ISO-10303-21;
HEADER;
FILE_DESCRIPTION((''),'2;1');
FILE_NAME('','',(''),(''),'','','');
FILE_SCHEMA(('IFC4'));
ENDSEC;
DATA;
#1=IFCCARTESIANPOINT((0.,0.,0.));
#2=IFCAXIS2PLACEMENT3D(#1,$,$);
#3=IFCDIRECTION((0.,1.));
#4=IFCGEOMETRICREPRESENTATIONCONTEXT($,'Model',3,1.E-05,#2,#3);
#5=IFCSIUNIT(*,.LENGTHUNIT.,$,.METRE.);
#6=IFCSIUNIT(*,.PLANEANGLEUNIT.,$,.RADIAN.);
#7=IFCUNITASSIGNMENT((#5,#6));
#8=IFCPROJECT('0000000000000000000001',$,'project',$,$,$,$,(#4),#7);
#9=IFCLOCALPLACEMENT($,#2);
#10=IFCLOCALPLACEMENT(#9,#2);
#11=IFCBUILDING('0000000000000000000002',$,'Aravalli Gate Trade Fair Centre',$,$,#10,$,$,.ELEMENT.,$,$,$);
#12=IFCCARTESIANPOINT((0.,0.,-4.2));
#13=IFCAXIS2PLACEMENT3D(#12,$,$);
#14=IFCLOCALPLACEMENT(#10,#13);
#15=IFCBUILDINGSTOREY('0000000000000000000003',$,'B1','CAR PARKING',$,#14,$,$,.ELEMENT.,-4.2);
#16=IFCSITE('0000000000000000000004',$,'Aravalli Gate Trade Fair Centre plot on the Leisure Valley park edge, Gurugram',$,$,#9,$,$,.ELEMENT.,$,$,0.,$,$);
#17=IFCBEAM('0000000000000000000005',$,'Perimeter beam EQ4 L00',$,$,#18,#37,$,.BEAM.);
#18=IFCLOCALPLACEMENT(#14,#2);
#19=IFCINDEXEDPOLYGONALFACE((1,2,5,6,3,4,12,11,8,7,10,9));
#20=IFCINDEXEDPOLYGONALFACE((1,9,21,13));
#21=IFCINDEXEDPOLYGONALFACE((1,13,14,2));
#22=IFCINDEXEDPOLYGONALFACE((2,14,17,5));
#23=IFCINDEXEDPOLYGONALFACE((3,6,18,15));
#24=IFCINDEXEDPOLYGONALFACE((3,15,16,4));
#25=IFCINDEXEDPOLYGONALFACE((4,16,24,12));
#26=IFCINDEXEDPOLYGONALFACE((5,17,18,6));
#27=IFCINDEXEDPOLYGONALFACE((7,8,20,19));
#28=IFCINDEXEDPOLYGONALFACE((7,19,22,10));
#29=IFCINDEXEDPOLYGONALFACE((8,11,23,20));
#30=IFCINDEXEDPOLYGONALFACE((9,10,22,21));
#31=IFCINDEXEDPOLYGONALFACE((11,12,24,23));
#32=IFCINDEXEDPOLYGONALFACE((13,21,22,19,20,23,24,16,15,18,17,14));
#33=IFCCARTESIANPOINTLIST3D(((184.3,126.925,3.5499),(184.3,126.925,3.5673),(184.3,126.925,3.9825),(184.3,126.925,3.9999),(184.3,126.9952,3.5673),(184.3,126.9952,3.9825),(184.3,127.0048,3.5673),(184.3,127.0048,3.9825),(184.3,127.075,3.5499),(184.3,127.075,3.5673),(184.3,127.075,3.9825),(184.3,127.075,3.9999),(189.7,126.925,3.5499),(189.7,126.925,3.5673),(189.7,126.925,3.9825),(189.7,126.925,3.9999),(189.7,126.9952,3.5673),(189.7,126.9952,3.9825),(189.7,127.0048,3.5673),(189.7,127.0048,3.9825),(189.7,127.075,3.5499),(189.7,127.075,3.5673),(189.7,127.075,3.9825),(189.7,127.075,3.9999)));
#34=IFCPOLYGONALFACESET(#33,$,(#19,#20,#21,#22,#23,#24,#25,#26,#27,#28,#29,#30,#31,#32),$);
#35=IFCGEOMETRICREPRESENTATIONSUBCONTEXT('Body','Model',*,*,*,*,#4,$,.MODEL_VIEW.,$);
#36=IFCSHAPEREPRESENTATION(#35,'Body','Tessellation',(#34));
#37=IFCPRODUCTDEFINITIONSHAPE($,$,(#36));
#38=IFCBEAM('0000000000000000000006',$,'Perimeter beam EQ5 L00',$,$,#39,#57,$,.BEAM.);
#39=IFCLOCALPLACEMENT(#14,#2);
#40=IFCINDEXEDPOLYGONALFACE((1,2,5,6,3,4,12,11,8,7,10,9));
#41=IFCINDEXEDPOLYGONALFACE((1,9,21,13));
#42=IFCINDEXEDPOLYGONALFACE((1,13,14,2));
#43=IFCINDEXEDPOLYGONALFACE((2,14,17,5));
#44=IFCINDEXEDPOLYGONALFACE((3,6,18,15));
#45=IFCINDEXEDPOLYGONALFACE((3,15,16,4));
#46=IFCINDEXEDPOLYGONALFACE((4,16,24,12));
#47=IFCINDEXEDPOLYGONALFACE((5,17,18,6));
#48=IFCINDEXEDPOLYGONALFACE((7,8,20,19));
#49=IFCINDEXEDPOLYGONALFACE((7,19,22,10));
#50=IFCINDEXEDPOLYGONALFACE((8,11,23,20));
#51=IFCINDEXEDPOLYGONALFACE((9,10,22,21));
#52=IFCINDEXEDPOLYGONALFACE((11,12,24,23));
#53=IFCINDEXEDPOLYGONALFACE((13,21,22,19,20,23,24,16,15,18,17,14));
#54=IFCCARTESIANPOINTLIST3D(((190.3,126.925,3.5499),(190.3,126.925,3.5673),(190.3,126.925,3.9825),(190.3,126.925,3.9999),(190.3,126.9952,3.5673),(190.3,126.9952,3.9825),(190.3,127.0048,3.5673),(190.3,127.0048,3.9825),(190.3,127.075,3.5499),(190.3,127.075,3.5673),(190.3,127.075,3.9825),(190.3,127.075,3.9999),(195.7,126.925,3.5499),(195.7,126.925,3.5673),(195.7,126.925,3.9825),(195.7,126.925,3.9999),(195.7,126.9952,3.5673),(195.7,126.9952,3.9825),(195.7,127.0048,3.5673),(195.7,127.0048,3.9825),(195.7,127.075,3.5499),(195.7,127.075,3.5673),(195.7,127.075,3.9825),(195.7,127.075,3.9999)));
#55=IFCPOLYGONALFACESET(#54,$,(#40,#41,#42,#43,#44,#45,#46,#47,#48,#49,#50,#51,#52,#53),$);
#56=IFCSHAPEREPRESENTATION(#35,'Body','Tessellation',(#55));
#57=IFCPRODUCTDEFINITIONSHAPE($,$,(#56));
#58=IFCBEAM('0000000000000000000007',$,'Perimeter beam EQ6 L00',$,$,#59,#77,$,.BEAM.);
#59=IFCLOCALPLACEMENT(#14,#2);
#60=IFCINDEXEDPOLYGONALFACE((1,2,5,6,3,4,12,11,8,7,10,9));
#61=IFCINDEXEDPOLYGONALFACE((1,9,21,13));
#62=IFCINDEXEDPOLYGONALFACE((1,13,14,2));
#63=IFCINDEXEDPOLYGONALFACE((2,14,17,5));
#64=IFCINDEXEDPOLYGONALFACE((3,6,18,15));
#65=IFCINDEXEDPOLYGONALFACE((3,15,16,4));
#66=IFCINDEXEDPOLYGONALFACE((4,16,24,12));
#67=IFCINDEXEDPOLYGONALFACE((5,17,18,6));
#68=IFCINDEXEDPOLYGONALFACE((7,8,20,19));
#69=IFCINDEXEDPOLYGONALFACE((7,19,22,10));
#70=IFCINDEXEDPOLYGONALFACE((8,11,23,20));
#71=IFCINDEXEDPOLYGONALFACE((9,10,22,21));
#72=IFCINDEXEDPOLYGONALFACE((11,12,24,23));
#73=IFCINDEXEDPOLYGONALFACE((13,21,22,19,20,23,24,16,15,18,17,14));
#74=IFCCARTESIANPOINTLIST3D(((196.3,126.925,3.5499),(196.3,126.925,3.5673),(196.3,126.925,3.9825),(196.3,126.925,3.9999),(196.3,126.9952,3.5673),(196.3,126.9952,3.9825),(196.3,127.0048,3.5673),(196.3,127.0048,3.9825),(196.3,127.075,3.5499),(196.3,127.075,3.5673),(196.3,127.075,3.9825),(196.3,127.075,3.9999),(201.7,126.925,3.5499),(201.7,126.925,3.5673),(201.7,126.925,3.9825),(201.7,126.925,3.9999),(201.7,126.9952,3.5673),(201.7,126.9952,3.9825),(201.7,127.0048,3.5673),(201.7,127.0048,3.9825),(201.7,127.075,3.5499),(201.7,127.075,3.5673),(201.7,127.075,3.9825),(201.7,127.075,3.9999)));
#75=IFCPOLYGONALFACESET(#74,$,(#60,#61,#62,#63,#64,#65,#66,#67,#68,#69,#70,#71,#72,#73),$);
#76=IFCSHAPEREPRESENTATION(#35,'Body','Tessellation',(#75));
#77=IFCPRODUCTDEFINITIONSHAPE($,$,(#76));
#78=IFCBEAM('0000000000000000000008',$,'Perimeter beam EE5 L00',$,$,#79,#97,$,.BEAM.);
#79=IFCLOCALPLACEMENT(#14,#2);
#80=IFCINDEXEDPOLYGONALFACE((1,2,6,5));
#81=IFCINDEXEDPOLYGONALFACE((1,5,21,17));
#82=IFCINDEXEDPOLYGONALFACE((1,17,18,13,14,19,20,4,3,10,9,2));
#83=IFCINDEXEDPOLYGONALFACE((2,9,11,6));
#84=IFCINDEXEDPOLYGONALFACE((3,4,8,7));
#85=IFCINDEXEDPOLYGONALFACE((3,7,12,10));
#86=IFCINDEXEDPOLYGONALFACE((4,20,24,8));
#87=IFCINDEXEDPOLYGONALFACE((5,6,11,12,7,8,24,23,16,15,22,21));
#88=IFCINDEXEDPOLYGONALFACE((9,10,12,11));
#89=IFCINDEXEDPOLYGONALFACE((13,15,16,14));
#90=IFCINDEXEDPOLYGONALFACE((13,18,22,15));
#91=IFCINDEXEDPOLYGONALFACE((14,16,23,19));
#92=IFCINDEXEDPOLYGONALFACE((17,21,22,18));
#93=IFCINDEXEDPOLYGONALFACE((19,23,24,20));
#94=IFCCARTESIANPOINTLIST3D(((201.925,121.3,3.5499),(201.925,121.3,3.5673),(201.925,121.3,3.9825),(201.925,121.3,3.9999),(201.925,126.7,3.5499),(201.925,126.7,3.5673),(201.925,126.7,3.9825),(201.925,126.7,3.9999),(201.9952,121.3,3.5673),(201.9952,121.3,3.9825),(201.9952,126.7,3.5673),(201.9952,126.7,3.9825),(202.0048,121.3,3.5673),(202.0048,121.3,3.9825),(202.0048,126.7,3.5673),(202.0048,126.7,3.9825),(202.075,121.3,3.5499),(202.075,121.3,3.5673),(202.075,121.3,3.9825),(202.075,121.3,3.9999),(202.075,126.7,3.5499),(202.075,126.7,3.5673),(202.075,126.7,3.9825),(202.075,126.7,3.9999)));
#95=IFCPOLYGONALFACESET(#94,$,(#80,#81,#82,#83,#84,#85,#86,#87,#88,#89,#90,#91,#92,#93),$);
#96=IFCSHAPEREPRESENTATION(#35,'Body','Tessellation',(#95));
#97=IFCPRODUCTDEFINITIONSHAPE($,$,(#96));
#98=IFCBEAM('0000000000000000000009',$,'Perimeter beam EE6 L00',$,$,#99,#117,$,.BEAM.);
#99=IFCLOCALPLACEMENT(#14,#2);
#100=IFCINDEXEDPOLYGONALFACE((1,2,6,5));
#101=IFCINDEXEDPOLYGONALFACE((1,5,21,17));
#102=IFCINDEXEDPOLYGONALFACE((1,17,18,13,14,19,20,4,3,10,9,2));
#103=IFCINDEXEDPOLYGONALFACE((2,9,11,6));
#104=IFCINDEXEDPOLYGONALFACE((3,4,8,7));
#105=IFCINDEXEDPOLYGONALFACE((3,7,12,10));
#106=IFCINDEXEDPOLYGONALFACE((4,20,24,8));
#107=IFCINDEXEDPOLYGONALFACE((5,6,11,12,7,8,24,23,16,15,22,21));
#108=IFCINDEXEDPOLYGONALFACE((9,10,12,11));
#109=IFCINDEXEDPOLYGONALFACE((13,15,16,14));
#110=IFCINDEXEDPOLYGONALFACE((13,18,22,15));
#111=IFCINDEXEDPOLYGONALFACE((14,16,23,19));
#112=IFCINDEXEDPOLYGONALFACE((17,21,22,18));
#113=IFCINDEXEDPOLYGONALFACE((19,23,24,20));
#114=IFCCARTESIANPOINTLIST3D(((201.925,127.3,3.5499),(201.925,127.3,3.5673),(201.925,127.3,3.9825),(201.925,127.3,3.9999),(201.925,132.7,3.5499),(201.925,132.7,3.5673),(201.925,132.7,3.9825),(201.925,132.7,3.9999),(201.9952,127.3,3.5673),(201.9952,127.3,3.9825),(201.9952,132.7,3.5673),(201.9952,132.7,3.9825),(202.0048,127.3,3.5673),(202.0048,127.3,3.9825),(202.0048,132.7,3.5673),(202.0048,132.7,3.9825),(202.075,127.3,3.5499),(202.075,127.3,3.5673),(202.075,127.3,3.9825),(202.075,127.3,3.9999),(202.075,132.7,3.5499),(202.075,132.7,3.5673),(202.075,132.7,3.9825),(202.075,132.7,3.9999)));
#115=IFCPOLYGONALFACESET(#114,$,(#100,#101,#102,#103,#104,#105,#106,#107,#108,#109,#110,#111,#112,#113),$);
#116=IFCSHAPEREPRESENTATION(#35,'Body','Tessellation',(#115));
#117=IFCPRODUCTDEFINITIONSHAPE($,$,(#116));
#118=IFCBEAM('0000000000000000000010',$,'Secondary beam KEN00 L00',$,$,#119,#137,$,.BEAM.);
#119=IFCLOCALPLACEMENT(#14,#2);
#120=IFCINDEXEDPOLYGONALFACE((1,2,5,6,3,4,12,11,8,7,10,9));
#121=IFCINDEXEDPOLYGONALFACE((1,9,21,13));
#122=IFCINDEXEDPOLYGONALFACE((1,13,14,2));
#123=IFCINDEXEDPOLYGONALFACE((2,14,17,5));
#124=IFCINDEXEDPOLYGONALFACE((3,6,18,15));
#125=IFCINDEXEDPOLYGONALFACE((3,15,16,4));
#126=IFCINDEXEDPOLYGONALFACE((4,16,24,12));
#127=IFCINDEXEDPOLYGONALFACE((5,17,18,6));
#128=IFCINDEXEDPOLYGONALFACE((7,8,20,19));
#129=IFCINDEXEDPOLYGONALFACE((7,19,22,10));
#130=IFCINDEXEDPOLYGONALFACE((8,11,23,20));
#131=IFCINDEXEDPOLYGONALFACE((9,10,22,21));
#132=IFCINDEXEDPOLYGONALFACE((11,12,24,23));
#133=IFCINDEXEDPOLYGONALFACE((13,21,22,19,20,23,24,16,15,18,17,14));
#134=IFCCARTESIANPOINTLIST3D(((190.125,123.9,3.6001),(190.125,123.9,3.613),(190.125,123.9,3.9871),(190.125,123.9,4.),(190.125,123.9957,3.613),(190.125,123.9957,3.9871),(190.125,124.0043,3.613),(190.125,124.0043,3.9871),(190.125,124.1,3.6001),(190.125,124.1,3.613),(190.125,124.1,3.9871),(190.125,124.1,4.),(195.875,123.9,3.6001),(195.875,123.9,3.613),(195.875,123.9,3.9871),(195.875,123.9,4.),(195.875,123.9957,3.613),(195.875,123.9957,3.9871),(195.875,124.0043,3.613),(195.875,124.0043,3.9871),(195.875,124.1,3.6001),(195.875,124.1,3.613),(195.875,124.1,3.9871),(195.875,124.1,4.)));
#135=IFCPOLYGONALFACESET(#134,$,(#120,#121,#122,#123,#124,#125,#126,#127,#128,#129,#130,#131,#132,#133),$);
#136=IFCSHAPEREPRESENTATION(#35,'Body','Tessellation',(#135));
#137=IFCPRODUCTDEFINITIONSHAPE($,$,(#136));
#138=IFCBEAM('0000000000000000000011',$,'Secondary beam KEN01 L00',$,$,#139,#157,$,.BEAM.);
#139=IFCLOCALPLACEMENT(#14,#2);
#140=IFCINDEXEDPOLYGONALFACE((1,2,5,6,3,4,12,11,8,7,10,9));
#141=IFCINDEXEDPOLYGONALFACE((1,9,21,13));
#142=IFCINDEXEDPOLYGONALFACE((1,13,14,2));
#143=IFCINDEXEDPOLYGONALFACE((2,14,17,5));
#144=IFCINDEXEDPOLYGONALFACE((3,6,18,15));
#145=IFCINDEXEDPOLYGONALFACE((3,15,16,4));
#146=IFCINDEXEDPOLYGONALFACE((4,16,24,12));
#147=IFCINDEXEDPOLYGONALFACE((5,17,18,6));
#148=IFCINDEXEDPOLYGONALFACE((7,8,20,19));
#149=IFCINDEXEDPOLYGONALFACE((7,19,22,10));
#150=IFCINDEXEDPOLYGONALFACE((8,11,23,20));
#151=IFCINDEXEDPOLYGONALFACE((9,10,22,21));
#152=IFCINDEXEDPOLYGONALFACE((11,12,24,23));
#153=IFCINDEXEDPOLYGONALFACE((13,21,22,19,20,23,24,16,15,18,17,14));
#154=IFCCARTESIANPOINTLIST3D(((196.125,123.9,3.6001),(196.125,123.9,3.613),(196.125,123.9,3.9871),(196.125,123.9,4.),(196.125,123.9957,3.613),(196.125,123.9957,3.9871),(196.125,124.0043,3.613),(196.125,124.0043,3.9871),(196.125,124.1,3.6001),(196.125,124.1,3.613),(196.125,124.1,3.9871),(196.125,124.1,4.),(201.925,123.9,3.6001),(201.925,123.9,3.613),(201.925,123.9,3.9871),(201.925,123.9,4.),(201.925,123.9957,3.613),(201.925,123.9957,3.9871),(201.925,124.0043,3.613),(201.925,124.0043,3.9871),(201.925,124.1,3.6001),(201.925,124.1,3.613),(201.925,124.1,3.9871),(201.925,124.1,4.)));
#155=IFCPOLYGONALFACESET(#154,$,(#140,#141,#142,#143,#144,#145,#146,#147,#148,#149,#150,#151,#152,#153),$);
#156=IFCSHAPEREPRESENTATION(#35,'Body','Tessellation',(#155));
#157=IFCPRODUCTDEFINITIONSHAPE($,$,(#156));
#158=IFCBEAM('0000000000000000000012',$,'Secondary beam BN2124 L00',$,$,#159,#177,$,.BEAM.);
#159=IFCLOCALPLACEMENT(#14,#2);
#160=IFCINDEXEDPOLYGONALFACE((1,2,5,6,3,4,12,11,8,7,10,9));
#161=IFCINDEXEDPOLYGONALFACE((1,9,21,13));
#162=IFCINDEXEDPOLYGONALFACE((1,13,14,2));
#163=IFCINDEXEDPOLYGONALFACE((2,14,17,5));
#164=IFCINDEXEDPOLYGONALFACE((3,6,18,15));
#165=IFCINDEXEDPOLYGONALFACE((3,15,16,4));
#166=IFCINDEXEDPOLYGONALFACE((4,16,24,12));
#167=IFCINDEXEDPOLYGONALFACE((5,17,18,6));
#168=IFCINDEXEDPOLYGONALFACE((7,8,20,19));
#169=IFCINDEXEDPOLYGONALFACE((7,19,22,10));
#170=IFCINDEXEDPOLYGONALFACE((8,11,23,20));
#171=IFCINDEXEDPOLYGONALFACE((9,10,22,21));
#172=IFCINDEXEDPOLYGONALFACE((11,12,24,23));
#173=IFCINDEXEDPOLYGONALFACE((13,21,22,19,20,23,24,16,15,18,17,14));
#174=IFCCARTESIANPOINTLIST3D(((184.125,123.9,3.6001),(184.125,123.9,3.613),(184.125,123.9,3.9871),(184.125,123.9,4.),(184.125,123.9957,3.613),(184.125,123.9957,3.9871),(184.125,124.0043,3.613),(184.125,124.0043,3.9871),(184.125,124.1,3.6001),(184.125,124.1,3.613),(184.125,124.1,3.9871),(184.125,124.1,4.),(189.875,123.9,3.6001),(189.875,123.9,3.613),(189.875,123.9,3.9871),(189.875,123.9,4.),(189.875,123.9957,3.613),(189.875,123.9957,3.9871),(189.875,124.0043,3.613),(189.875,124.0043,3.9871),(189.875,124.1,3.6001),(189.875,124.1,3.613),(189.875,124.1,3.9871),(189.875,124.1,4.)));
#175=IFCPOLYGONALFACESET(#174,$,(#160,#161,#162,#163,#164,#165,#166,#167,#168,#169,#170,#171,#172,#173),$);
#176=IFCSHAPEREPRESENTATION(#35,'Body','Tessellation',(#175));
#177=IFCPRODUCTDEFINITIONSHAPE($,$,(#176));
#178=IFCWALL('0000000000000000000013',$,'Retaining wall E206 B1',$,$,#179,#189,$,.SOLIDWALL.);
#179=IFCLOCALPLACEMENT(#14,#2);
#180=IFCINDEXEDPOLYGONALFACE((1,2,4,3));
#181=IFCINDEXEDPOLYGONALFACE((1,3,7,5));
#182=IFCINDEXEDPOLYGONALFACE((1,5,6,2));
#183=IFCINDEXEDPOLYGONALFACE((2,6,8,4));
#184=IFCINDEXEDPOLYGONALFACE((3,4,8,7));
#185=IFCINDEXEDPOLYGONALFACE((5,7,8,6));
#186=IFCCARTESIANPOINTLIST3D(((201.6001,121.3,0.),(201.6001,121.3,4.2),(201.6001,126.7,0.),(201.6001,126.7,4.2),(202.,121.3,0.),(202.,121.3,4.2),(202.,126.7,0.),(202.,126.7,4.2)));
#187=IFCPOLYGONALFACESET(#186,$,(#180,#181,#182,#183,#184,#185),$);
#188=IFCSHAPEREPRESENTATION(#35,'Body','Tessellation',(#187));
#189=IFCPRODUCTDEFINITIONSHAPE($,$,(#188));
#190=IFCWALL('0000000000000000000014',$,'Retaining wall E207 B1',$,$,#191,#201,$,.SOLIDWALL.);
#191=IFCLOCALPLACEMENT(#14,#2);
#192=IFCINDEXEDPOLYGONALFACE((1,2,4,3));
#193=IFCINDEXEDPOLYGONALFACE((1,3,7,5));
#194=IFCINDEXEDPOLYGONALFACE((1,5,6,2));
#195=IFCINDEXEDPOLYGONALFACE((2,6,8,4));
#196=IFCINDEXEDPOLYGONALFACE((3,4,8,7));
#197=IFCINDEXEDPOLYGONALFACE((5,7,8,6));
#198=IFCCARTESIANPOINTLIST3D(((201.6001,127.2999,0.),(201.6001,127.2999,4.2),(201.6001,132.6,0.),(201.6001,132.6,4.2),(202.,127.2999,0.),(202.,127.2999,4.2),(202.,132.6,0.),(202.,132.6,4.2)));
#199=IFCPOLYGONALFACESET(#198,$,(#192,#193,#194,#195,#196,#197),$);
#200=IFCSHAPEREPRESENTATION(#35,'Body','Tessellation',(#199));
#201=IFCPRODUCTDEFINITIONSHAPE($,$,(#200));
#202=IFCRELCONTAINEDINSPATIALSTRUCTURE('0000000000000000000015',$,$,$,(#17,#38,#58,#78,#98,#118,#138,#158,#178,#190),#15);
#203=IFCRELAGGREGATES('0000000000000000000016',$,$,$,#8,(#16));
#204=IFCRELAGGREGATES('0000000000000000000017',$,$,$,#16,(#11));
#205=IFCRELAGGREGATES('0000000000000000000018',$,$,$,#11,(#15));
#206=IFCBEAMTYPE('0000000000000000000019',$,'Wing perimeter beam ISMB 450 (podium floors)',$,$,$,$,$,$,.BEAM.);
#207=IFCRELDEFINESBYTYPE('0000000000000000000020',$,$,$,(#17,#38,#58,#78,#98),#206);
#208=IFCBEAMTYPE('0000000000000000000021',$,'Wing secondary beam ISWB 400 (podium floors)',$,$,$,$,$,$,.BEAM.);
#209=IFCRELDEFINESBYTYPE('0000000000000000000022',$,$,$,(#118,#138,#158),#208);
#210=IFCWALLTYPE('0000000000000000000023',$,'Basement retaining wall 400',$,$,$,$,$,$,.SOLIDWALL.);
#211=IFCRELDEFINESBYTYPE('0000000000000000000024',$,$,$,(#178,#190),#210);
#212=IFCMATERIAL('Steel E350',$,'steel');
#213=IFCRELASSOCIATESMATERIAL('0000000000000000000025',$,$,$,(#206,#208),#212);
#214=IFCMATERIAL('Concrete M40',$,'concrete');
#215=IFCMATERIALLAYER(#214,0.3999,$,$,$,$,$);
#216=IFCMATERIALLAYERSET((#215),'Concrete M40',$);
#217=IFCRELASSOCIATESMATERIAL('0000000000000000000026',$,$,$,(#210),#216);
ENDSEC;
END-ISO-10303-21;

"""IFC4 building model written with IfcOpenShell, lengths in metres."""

from ifc_helpers import new_model, si_unit, direction, frame, frame_2d, origin, origin_2d, place, context, subcontext, project, spatial, rectangle, i_section, extrude, material, layer, layer_set, material_profile, profile_set, type_object, element, save


model = new_model("IFC4")

# Units and contexts
model_context = context("Model", 3, precision=1e-05, world=origin(), true_north=direction((0.0, 1.0)))
body_context = subcontext(model_context, "Body", "Model", "MODEL_VIEW")
ifc_project = project(units=[si_unit("LENGTHUNIT", "METRE"), si_unit("PLANEANGLEUNIT", "RADIAN")], contexts=[model_context])

# Site, building, storey
site_placement = place(None, origin())
site = spatial("IfcSite", under=ifc_project, at=site_placement, Name="Aravalli Gate Trade Fair Centre plot on the Leisure Valley park edge, Gurugram", CompositionType="ELEMENT", RefElevation=0.0)
building_placement = place(site_placement, origin())
building = spatial("IfcBuilding", under=site, at=building_placement, Name="Aravalli Gate Trade Fair Centre", CompositionType="ELEMENT")
storey_placement = place(building_placement, frame((0.0, 0.0, -4.2)))
storey = spatial("IfcBuildingStorey", under=building, at=storey_placement, Name="B1", Description="CAR PARKING", CompositionType="ELEMENT", Elevation=-4.2)

# Shared definitions
ifc_material_1 = material(Name="Steel E350", Category="steel")

# Beams
ifc_material_profile_1 = material_profile(ifc_material_1, i_section(OverallWidth=0.1499, OverallDepth=0.45, WebThickness=0.0095, FlangeThickness=0.0173, at=origin_2d()), Name="ISMB 450")
ifc_profile_set_1 = profile_set([ifc_material_profile_1], Name="Steel E350")
beam_type_1 = type_object("IfcBeamType", Name="Wing perimeter beam ISMB 450 (podium floors)", PredefinedType="BEAM", material=ifc_profile_set_1)
for number, where, z_axis, x_axis, name in (
    (1, (184.3, 127.0, 3.7749), (1.0, 0.0, 0.0), (0.0, 1.0, 0.0), "Perimeter beam EQ4 L00"),
    (2, (190.3, 127.0, 3.7749), (1.0, 0.0, 0.0), (0.0, 1.0, 0.0), "Perimeter beam EQ5 L00"),
    (3, (196.3, 127.0, 3.7749), (1.0, 0.0, 0.0), (0.0, 1.0, 0.0), "Perimeter beam EQ6 L00"),
    (4, (202.0, 121.3, 3.7749), (0.0, 1.0, 0.0), (-1.0, 0.0, 0.0), "Perimeter beam EE5 L00"),
    (5, (202.0, 127.3, 3.7749), (0.0, 1.0, 0.0), (-1.0, 0.0, 0.0), "Perimeter beam EE6 L00"),
):
    element("IfcBeam", number, at=place(storey_placement, frame(where, z_axis=z_axis, x_axis=x_axis)), inside=storey, type_object=beam_type_1, Name=name, PredefinedType="BEAM", context=body_context, shape_type="SweptSolid", body=[
        extrude(i_section(OverallWidth=0.1499, OverallDepth=0.45, WebThickness=0.0095, FlangeThickness=0.0173, at=origin_2d()), origin(), (0.0, 0.0, 1.0), 5.3999),
    ])
ifc_material_profile_2 = material_profile(ifc_material_1, i_section(OverallWidth=0.2, OverallDepth=0.3999, WebThickness=0.0085, FlangeThickness=0.0129, at=origin_2d()), Name="ISWB 400")
ifc_profile_set_2 = profile_set([ifc_material_profile_2], Name="Steel E350")
beam_type_2 = type_object("IfcBeamType", Name="Wing secondary beam ISWB 400 (podium floors)", PredefinedType="BEAM", material=ifc_profile_set_2)
beam_1_placement = place(storey_placement, frame((190.125, 124.0, 3.8), z_axis=(1.0, 0.0, 0.0), x_axis=(0.0, 1.0, 0.0)))
element("IfcBeam", 6, at=beam_1_placement, inside=storey, type_object=beam_type_2, Name="Secondary beam KEN00 L00", PredefinedType="BEAM", context=body_context, shape_type="SweptSolid", body=[
    extrude(i_section(OverallWidth=0.2, OverallDepth=0.3999, WebThickness=0.0085, FlangeThickness=0.0129, at=origin_2d()), origin(), (0.0, 0.0, 1.0), 5.75),
])
beam_2_placement = place(storey_placement, frame((196.125, 124.0, 3.8), z_axis=(1.0, 0.0, 0.0), x_axis=(0.0, 1.0, 0.0)))
element("IfcBeam", 7, at=beam_2_placement, inside=storey, type_object=beam_type_2, Name="Secondary beam KEN01 L00", PredefinedType="BEAM", context=body_context, shape_type="SweptSolid", body=[
    extrude(i_section(OverallWidth=0.2, OverallDepth=0.3999, WebThickness=0.0085, FlangeThickness=0.0129, at=origin_2d()), origin(), (0.0, 0.0, 1.0), 5.8),
])
beam_3_placement = place(storey_placement, frame((184.125, 124.0, 3.8), z_axis=(1.0, 0.0, 0.0), x_axis=(0.0, 1.0, 0.0)))
element("IfcBeam", 8, at=beam_3_placement, inside=storey, type_object=beam_type_2, Name="Secondary beam BN2124 L00", PredefinedType="BEAM", context=body_context, shape_type="SweptSolid", body=[
    extrude(i_section(OverallWidth=0.2, OverallDepth=0.3999, WebThickness=0.0085, FlangeThickness=0.0129, at=origin_2d()), origin(), (0.0, 0.0, 1.0), 5.75),
])

# Walls
ifc_material_2 = material(Name="Concrete M40", Category="concrete")
ifc_layer = layer(ifc_material_2, 0.3999)
ifc_layer_set = layer_set([ifc_layer], Name="Concrete M40")
wall_type = type_object("IfcWallType", Name="Basement retaining wall 400", PredefinedType="SOLIDWALL", material=ifc_layer_set)
wall_1_placement = place(storey_placement, frame((201.8, 121.3, 0.0), z_axis=(0.0, 0.0, 1.0), x_axis=(0.0, 1.0, 0.0)))
element("IfcWall", 9, at=wall_1_placement, inside=storey, type_object=wall_type, Name="Retaining wall E206 B1", PredefinedType="SOLIDWALL", context=body_context, shape_type="SweptSolid", body=[
    extrude(rectangle(XDim=5.3999, YDim=0.3999, at=frame_2d((2.7, 0.0))), origin(), (0.0, 0.0, 1.0), 4.2),
])
wall_2_placement = place(storey_placement, frame((201.8, 127.3, 0.0), z_axis=(0.0, 0.0, 1.0), x_axis=(0.0, 1.0, 0.0)))
element("IfcWall", 10, at=wall_2_placement, inside=storey, type_object=wall_type, Name="Retaining wall E207 B1", PredefinedType="SOLIDWALL", context=body_context, shape_type="SweptSolid", body=[
    extrude(rectangle(XDim=5.3, YDim=0.3999, at=frame_2d((2.6499, 0.0))), origin(), (0.0, 0.0, 1.0), 4.2),
])

save(model, "model.ifc")
